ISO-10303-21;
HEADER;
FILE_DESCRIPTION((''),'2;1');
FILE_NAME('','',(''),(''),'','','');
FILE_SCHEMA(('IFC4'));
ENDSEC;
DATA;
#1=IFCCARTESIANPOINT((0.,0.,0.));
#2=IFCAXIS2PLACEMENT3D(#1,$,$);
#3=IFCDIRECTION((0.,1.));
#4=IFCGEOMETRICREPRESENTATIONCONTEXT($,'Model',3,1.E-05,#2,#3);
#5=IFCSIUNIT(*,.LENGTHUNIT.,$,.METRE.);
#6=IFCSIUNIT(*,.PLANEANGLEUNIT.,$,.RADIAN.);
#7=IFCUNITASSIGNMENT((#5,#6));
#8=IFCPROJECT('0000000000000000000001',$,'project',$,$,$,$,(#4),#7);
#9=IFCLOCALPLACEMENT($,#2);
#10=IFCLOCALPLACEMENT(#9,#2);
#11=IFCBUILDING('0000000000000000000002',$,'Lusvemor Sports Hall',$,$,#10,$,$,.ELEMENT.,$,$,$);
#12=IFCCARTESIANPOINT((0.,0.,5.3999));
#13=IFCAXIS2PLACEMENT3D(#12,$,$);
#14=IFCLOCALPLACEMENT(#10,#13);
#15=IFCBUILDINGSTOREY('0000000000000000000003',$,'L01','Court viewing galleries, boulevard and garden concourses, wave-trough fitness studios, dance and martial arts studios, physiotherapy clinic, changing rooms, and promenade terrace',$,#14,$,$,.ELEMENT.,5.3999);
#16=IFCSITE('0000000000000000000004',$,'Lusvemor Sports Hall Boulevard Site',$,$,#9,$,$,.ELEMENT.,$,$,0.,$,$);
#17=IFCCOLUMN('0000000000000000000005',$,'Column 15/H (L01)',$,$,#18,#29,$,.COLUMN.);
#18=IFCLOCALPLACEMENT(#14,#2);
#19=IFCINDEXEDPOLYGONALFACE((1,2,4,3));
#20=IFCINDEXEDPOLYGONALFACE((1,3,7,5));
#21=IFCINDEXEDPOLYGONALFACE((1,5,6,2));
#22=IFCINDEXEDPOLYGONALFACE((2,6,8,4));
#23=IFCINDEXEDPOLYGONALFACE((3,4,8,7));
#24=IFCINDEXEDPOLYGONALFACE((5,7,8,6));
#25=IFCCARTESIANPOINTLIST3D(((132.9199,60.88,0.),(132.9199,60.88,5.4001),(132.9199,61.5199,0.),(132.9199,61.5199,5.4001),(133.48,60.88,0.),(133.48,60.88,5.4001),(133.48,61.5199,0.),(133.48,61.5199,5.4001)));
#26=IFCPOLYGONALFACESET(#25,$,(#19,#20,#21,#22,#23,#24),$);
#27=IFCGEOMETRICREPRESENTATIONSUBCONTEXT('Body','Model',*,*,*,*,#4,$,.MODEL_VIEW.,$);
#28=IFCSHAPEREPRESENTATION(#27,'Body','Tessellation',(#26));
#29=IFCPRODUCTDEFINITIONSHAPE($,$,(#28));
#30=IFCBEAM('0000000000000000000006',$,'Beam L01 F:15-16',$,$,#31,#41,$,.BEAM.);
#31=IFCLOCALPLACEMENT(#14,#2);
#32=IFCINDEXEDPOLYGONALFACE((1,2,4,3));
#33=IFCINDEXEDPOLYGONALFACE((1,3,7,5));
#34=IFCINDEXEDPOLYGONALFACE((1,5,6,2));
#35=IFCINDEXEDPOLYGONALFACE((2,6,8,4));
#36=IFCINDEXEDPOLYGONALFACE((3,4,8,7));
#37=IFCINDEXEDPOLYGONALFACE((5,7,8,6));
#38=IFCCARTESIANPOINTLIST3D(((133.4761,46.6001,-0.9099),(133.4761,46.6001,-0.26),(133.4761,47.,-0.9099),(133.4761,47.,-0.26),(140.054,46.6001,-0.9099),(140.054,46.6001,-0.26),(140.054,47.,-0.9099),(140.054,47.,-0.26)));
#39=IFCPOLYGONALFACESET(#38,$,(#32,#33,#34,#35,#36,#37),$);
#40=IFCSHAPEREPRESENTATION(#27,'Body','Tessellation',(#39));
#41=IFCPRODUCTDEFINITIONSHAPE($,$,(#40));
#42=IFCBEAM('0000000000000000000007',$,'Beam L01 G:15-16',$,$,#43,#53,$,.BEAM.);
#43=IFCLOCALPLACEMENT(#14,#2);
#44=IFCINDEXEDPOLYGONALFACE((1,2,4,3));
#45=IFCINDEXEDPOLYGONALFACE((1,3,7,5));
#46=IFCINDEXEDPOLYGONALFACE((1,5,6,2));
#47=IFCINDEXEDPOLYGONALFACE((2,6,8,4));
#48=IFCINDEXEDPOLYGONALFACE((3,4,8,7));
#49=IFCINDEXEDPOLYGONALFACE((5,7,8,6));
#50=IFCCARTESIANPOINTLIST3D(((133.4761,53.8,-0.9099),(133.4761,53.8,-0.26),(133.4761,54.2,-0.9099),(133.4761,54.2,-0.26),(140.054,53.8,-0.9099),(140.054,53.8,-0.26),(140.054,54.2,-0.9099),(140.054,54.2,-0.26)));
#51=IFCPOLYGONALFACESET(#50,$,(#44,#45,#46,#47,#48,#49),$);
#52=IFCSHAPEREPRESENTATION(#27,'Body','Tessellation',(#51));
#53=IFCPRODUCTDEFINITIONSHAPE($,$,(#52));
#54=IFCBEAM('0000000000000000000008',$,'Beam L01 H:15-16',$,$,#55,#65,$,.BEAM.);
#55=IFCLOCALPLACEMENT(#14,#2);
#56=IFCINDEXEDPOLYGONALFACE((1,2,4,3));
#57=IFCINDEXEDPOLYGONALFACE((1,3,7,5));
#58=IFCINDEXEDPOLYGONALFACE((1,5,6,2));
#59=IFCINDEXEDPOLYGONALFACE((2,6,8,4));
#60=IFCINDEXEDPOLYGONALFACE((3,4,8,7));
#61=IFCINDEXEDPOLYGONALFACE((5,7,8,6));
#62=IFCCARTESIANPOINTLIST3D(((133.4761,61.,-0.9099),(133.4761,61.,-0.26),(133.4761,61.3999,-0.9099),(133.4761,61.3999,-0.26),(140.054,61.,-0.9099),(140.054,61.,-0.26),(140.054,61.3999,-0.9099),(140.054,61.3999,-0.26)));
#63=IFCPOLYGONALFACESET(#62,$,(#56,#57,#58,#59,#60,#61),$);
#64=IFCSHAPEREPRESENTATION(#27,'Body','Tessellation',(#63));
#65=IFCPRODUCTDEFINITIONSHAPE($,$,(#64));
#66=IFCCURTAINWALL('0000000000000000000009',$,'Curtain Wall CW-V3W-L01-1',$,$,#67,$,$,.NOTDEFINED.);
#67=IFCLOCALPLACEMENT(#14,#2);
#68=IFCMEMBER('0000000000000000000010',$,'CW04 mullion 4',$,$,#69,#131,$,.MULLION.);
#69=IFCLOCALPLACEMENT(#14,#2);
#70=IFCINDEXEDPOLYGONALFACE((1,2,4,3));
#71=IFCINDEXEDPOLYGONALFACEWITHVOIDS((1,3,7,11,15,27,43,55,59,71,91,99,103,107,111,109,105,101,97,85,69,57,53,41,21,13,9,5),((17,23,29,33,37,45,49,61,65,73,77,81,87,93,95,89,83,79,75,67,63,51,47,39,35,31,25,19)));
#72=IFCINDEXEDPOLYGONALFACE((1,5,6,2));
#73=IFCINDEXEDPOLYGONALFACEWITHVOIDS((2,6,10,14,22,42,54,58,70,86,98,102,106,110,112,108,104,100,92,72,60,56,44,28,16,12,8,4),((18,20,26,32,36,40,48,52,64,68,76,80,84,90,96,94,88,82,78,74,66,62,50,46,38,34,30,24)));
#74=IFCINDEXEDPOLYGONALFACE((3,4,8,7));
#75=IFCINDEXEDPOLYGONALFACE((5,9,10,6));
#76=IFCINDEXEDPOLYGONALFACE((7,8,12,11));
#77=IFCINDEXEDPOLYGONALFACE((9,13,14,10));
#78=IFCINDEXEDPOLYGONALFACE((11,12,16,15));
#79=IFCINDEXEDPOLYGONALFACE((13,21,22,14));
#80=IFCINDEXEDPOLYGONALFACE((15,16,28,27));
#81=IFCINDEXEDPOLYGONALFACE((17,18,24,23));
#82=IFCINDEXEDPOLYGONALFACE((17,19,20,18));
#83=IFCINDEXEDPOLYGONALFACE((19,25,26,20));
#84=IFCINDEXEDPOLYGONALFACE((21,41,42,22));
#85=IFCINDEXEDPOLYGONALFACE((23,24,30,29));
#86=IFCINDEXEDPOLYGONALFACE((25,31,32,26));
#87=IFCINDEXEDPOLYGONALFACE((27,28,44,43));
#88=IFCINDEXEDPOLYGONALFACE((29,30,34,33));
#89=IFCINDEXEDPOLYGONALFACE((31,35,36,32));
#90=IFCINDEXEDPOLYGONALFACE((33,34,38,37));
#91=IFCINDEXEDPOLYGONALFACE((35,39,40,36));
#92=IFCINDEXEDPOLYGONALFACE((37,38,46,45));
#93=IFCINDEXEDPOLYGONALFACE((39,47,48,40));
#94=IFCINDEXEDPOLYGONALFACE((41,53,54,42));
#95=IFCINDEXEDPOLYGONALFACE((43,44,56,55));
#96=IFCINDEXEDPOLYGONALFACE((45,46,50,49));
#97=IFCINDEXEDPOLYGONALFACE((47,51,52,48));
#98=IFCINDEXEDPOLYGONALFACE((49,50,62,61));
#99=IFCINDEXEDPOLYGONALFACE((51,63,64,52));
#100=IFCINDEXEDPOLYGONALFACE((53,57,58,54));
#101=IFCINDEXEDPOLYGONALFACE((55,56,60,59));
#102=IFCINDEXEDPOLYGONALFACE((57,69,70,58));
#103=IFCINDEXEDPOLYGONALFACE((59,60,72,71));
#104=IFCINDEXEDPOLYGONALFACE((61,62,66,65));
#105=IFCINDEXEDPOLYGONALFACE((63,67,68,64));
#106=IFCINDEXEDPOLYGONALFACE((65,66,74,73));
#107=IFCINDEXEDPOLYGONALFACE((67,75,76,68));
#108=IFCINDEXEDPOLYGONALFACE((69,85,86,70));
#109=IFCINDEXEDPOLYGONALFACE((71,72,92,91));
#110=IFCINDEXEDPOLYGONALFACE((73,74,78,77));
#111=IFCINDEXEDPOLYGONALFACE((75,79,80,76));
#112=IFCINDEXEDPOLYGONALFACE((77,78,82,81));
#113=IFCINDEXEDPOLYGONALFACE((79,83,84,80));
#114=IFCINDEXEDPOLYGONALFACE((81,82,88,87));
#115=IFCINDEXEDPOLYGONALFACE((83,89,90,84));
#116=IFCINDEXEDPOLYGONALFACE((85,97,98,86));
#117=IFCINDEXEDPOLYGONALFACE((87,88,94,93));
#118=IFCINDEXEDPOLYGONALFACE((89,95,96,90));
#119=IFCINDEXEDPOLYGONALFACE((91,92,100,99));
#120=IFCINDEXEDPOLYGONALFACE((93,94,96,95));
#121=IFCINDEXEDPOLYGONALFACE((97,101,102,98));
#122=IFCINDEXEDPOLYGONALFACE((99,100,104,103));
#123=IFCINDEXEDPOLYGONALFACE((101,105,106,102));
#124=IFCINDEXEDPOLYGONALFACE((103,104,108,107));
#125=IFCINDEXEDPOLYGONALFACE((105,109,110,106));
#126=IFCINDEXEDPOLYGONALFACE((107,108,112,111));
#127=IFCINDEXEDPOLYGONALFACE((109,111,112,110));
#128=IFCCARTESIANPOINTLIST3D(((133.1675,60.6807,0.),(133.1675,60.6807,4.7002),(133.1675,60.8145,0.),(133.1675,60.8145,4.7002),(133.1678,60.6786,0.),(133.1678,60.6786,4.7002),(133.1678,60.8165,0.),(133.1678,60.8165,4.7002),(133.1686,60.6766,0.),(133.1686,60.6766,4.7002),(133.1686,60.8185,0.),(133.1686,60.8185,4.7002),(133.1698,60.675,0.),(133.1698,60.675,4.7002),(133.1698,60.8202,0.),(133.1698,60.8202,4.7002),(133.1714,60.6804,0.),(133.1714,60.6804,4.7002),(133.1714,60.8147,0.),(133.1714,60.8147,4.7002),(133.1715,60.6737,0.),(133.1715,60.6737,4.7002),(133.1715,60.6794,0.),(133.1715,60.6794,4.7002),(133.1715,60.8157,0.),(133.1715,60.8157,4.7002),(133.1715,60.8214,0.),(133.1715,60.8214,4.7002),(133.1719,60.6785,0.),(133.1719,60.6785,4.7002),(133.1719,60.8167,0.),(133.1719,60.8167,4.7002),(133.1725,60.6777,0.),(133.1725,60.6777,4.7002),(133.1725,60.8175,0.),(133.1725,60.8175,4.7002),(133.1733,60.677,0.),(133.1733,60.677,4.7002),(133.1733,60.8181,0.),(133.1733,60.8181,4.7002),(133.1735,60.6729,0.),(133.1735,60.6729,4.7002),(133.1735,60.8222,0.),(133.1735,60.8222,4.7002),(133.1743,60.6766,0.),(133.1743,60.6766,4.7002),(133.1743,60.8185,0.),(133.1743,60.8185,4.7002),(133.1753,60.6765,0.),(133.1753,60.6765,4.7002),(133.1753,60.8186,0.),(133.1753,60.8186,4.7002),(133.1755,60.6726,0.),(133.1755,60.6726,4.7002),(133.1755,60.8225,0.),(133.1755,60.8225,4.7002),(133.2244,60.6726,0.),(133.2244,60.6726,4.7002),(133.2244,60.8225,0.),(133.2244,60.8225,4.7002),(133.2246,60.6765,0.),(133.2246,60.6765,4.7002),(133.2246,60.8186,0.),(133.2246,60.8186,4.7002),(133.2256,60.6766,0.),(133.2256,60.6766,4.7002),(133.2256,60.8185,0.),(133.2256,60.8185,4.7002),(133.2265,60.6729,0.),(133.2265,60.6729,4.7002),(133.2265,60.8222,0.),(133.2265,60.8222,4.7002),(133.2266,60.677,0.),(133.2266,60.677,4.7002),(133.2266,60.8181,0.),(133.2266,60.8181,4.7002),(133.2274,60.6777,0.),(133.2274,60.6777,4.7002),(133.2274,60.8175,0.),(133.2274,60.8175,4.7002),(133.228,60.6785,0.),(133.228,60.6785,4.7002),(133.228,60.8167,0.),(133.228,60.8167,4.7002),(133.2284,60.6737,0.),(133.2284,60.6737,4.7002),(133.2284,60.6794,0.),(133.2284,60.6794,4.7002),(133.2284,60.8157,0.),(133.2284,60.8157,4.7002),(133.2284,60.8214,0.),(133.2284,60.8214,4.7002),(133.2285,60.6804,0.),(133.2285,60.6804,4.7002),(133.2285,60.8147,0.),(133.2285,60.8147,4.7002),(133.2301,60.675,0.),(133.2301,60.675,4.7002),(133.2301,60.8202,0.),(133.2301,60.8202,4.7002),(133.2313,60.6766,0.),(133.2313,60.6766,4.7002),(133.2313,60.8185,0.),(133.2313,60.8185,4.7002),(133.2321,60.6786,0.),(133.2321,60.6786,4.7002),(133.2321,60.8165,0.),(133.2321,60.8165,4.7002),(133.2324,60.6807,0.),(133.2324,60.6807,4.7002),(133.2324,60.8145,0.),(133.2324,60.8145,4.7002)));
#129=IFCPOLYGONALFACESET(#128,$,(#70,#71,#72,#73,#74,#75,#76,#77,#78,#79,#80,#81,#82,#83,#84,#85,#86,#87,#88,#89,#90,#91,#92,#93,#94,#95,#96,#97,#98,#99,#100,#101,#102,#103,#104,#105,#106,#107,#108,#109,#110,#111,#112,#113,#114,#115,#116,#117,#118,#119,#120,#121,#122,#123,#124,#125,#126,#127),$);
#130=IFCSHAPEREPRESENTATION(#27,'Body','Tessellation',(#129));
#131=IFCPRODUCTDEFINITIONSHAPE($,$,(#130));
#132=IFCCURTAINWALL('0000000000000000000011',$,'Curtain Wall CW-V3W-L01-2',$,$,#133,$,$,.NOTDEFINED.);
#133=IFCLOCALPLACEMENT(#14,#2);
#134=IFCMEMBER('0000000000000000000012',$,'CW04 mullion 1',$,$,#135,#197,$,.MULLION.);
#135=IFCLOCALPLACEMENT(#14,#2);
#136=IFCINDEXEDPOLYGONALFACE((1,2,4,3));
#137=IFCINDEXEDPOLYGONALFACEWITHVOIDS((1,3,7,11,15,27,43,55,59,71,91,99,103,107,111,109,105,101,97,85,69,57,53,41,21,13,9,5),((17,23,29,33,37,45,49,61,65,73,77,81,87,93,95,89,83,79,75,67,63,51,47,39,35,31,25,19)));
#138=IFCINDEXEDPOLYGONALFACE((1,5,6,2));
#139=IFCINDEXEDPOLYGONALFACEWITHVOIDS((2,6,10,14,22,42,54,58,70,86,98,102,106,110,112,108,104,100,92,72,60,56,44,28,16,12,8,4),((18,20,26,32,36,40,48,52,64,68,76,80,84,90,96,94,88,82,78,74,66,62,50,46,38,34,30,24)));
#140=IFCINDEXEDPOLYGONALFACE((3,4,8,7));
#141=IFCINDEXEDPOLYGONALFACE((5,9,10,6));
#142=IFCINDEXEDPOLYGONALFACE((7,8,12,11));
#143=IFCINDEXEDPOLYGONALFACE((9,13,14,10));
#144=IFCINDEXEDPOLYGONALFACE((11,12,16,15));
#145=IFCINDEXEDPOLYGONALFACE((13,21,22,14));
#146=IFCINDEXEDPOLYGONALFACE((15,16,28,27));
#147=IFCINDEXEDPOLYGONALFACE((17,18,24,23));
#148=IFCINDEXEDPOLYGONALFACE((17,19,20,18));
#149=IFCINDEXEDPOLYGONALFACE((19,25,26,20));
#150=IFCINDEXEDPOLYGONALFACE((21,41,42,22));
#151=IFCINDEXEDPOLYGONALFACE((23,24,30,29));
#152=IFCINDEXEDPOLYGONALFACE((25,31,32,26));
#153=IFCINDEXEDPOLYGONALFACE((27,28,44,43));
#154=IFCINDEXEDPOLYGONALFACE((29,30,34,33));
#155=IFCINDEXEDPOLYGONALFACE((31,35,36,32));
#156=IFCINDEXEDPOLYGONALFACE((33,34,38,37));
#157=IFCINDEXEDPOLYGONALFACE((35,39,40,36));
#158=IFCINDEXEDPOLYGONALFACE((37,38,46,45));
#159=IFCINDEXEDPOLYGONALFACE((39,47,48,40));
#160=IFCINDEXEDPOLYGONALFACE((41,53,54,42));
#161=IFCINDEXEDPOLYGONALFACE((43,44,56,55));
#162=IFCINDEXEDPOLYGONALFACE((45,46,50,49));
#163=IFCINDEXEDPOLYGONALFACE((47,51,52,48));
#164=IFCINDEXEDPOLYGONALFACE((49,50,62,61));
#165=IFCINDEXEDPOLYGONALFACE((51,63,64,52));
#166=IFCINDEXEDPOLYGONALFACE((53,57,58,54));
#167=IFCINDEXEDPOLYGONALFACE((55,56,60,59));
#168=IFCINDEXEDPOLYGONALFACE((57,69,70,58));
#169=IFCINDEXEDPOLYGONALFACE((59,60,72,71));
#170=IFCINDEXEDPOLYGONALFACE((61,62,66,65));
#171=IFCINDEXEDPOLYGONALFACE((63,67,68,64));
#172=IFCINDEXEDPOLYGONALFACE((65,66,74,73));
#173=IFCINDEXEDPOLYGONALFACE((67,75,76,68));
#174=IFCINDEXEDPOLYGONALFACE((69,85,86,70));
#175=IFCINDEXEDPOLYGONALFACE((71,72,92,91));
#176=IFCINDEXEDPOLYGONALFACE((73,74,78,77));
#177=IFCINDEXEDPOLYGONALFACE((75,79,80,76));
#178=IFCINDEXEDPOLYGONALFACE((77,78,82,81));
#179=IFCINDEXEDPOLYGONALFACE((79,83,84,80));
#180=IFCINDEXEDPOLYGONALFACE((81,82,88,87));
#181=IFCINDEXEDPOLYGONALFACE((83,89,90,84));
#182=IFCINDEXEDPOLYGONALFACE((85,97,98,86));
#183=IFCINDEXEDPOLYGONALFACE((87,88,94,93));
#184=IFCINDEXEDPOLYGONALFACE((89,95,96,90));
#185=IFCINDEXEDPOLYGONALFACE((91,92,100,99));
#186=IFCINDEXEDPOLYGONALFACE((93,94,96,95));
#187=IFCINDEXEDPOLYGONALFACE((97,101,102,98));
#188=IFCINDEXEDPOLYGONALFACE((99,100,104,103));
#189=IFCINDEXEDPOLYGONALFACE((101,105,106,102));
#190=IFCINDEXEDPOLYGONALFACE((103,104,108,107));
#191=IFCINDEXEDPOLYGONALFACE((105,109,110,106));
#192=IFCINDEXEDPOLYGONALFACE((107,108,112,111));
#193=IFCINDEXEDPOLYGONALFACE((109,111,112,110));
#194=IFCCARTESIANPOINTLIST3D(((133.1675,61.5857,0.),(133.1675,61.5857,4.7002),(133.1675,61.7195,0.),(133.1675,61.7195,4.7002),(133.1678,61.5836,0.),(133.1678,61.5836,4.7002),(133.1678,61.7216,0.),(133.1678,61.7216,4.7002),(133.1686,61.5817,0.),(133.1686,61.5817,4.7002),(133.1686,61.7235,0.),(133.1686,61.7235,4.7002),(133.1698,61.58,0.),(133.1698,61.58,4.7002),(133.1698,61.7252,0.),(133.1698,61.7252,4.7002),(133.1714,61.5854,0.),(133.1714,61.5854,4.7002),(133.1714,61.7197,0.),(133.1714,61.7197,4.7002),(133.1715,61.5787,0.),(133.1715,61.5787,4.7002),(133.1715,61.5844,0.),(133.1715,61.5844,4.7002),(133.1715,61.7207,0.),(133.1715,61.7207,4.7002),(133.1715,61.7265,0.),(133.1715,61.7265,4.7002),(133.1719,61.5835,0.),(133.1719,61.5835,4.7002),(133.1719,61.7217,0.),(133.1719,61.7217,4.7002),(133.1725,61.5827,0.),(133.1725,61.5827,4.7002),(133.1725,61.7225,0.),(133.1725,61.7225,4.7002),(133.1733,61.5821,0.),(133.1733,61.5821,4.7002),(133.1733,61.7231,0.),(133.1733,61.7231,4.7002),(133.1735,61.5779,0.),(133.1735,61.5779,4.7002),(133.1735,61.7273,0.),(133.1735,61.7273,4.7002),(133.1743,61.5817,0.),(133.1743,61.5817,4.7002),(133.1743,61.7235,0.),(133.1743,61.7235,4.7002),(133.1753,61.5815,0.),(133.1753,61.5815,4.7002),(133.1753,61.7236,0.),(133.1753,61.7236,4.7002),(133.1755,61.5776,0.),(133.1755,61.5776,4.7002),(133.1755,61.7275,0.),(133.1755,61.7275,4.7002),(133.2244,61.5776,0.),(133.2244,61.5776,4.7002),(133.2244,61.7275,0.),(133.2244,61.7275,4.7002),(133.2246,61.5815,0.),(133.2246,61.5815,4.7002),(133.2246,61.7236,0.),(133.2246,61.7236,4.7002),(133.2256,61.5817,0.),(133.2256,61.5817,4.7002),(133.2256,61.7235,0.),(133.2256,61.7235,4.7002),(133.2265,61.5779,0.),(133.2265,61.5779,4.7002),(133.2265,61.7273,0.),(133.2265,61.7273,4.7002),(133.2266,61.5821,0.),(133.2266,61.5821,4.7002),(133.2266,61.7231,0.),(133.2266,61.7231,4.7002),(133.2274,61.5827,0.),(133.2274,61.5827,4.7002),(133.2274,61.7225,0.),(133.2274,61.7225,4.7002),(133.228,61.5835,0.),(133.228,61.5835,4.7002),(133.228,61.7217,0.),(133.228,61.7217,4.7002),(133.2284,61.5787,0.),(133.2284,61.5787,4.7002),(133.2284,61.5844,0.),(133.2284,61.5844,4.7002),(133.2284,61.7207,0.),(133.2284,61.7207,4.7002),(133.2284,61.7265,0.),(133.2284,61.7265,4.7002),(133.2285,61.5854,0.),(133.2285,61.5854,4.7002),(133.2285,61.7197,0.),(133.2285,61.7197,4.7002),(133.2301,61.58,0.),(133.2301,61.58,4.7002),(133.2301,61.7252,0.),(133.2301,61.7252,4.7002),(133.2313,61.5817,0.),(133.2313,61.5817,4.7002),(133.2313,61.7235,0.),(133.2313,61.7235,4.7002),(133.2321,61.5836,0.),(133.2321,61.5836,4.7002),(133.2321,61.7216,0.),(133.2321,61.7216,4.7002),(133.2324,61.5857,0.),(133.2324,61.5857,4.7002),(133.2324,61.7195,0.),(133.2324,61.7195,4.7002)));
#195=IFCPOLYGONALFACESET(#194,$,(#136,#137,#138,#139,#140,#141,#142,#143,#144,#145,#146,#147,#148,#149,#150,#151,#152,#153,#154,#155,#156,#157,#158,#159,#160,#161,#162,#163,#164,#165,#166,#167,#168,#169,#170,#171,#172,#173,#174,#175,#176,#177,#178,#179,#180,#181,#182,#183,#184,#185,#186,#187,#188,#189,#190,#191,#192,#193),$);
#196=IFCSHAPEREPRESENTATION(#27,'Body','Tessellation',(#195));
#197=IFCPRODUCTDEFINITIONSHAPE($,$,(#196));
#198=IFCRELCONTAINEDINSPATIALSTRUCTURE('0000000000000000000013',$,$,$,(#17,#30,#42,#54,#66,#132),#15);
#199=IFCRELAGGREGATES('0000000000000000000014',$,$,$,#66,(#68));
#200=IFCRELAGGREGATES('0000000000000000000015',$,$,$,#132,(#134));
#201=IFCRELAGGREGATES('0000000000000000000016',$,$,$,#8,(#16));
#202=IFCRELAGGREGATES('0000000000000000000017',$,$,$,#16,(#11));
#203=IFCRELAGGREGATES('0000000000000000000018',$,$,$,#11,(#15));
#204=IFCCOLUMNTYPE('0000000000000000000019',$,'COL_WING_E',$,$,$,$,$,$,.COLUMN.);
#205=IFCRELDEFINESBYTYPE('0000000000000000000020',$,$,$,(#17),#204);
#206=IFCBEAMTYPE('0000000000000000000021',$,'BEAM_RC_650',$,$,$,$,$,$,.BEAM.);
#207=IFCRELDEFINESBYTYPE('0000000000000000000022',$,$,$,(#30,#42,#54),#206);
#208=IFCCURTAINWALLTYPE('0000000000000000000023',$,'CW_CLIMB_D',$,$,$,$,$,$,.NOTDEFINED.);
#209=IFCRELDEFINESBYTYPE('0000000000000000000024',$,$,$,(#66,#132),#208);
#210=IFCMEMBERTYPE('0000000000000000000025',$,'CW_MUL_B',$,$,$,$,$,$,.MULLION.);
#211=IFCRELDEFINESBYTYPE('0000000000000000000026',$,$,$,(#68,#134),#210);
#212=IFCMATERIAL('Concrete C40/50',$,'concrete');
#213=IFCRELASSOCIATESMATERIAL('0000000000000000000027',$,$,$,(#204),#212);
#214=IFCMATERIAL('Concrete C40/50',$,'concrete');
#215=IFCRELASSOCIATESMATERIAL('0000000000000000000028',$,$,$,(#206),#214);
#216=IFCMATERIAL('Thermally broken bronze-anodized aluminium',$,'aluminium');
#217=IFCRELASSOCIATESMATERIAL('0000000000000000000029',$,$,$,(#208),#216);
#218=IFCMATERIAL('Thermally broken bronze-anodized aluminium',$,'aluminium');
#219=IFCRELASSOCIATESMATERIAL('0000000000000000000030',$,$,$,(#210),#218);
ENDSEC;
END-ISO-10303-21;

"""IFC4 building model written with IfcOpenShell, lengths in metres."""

from ifc_helpers import new_model, si_unit, direction, frame, origin, origin_2d, place, context, subcontext, project, spatial, rectangle, hollow_rectangle, extrude, material, material_profile, profile_set, type_object, element, aggregate, save


model = new_model("IFC4")

# Units and contexts
model_context = context("Model", 3, precision=1e-05, world=origin(), true_north=direction((0.0, 1.0)))
body_context = subcontext(model_context, "Body", "Model", "MODEL_VIEW")
ifc_project = project(units=[si_unit("LENGTHUNIT", "METRE"), si_unit("PLANEANGLEUNIT", "RADIAN")], contexts=[model_context])

# Site, building, storey
site_placement = place(None, origin())
site = spatial("IfcSite", under=ifc_project, at=site_placement, Name="Lusvemor Sports Hall Boulevard Site", CompositionType="ELEMENT", RefElevation=0.0)
building_placement = place(site_placement, origin())
building = spatial("IfcBuilding", under=site, at=building_placement, Name="Lusvemor Sports Hall", CompositionType="ELEMENT")
storey_placement = place(building_placement, frame((0.0, 0.0, 5.3999)))
storey = spatial("IfcBuildingStorey", under=building, at=storey_placement, Name="L01", Description="Court viewing galleries, boulevard and garden concourses, wave-trough fitness studios, dance and martial arts studios, physiotherapy clinic, changing rooms, and promenade terrace", CompositionType="ELEMENT", Elevation=5.3999)

# Column
ifc_material_1 = material(Name="Concrete C40/50", Category="concrete")
ifc_material_profile_1 = material_profile(ifc_material_1, rectangle(XDim=0.5601, YDim=0.6399, at=origin_2d()), Name="RC560x640")
ifc_profile_set_1 = profile_set([ifc_material_profile_1], Name="Concrete C40/50")
column_type = type_object("IfcColumnType", Name="COL_WING_E", PredefinedType="COLUMN", material=ifc_profile_set_1)
column_placement = place(storey_placement, frame((133.2, 61.2, 0.0), z_axis=(0.0, 0.0, 1.0), x_axis=(1.0, 0.0, 0.0)))
element("IfcColumn", 1, at=column_placement, inside=storey, type_object=column_type, Name="Column 15/H (L01)", PredefinedType="COLUMN", context=body_context, shape_type="SweptSolid", body=[
    extrude(rectangle(XDim=0.5601, YDim=0.6399, at=origin_2d()), origin(), (0.0, 0.0, 1.0), 5.4001),
])

# Beams
ifc_material_2 = material(Name="Concrete C40/50", Category="concrete")
ifc_material_profile_2 = material_profile(ifc_material_2, rectangle(XDim=0.3999, YDim=0.6499, at=origin_2d()), Name="RC400x650")
ifc_profile_set_2 = profile_set([ifc_material_profile_2], Name="Concrete C40/50")
beam_type_1 = type_object("IfcBeamType", Name="BEAM_RC_650", PredefinedType="BEAM", material=ifc_profile_set_2)
for number, where, z_axis, x_axis, name in (
    (2, (133.4761, 46.8, -0.585), (1.0, 0.0, 0.0), (0.0, 1.0, 0.0), "Beam L01 F:15-16"),
    (3, (133.4761, 54.0, -0.585), (1.0, 0.0, 0.0), (0.0, 1.0, 0.0), "Beam L01 G:15-16"),
    (4, (133.4761, 61.2, -0.585), (1.0, 0.0, 0.0), (0.0, 1.0, 0.0), "Beam L01 H:15-16"),
):
    element("IfcBeam", number, at=place(storey_placement, frame(where, z_axis=z_axis, x_axis=x_axis)), inside=storey, type_object=beam_type_1, Name=name, PredefinedType="BEAM", context=body_context, shape_type="SweptSolid", body=[
        extrude(rectangle(XDim=0.3999, YDim=0.6499, at=origin_2d()), origin(), (0.0, 0.0, 1.0), 6.5779),
    ])

# Curtain wall, member
ifc_material_3 = material(Name="Thermally broken bronze-anodized aluminium", Category="aluminium")
curtain_wall_type = type_object("IfcCurtainWallType", Name="CW_CLIMB_D", PredefinedType="NOTDEFINED", material=ifc_material_3)
curtain_wall_1_placement = place(storey_placement, origin())
curtain_wall_1 = element("IfcCurtainWall", 5, at=curtain_wall_1_placement, inside=storey, type_object=curtain_wall_type, Name="Curtain Wall CW-V3W-L01-1", PredefinedType="NOTDEFINED")
ifc_material_4 = material(Name="Thermally broken bronze-anodized aluminium", Category="aluminium")
ifc_material_profile_3 = material_profile(ifc_material_4, hollow_rectangle(XDim=0.0649, YDim=0.1499, WallThickness=0.0039, InnerFilletRadius=0.0039, OuterFilletRadius=0.0081, at=origin_2d()), Name="CWMUL150x65x4")
ifc_profile_set_3 = profile_set([ifc_material_profile_3], Name="Thermally broken bronze-anodized aluminium")
member_type_1 = type_object("IfcMemberType", Name="CW_MUL_B", PredefinedType="MULLION", material=ifc_profile_set_3)
member_1_placement = place(storey_placement, frame((133.2, 60.7476, 0.0), z_axis=(0.0, 0.0, 1.0), x_axis=(-1.0, 0.0, 0.0)))
member_1 = element("IfcMember", 6, at=member_1_placement, type_object=member_type_1, Name="CW04 mullion 4", PredefinedType="MULLION", context=body_context, shape_type="SweptSolid", body=[
    extrude(hollow_rectangle(XDim=0.0649, YDim=0.1499, WallThickness=0.0039, InnerFilletRadius=0.0039, OuterFilletRadius=0.0081, at=origin_2d()), origin(), (0.0, 0.0, 1.0), 4.7002),
])

# Curtain wall, member
curtain_wall_2_placement = place(storey_placement, origin())
curtain_wall_2 = element("IfcCurtainWall", 7, at=curtain_wall_2_placement, inside=storey, type_object=curtain_wall_type, Name="Curtain Wall CW-V3W-L01-2", PredefinedType="NOTDEFINED")
member_2_placement = place(storey_placement, frame((133.2, 61.6526, 0.0), z_axis=(0.0, 0.0, 1.0), x_axis=(-1.0, 0.0, 0.0)))
member_2 = element("IfcMember", 8, at=member_2_placement, type_object=member_type_1, Name="CW04 mullion 1", PredefinedType="MULLION", context=body_context, shape_type="SweptSolid", body=[
    extrude(hollow_rectangle(XDim=0.0649, YDim=0.1499, WallThickness=0.0039, InnerFilletRadius=0.0039, OuterFilletRadius=0.0081, at=origin_2d()), origin(), (0.0, 0.0, 1.0), 4.7002),
])

aggregate(curtain_wall_1, [member_1])
aggregate(curtain_wall_2, [member_2])

save(model, "model.ifc")
